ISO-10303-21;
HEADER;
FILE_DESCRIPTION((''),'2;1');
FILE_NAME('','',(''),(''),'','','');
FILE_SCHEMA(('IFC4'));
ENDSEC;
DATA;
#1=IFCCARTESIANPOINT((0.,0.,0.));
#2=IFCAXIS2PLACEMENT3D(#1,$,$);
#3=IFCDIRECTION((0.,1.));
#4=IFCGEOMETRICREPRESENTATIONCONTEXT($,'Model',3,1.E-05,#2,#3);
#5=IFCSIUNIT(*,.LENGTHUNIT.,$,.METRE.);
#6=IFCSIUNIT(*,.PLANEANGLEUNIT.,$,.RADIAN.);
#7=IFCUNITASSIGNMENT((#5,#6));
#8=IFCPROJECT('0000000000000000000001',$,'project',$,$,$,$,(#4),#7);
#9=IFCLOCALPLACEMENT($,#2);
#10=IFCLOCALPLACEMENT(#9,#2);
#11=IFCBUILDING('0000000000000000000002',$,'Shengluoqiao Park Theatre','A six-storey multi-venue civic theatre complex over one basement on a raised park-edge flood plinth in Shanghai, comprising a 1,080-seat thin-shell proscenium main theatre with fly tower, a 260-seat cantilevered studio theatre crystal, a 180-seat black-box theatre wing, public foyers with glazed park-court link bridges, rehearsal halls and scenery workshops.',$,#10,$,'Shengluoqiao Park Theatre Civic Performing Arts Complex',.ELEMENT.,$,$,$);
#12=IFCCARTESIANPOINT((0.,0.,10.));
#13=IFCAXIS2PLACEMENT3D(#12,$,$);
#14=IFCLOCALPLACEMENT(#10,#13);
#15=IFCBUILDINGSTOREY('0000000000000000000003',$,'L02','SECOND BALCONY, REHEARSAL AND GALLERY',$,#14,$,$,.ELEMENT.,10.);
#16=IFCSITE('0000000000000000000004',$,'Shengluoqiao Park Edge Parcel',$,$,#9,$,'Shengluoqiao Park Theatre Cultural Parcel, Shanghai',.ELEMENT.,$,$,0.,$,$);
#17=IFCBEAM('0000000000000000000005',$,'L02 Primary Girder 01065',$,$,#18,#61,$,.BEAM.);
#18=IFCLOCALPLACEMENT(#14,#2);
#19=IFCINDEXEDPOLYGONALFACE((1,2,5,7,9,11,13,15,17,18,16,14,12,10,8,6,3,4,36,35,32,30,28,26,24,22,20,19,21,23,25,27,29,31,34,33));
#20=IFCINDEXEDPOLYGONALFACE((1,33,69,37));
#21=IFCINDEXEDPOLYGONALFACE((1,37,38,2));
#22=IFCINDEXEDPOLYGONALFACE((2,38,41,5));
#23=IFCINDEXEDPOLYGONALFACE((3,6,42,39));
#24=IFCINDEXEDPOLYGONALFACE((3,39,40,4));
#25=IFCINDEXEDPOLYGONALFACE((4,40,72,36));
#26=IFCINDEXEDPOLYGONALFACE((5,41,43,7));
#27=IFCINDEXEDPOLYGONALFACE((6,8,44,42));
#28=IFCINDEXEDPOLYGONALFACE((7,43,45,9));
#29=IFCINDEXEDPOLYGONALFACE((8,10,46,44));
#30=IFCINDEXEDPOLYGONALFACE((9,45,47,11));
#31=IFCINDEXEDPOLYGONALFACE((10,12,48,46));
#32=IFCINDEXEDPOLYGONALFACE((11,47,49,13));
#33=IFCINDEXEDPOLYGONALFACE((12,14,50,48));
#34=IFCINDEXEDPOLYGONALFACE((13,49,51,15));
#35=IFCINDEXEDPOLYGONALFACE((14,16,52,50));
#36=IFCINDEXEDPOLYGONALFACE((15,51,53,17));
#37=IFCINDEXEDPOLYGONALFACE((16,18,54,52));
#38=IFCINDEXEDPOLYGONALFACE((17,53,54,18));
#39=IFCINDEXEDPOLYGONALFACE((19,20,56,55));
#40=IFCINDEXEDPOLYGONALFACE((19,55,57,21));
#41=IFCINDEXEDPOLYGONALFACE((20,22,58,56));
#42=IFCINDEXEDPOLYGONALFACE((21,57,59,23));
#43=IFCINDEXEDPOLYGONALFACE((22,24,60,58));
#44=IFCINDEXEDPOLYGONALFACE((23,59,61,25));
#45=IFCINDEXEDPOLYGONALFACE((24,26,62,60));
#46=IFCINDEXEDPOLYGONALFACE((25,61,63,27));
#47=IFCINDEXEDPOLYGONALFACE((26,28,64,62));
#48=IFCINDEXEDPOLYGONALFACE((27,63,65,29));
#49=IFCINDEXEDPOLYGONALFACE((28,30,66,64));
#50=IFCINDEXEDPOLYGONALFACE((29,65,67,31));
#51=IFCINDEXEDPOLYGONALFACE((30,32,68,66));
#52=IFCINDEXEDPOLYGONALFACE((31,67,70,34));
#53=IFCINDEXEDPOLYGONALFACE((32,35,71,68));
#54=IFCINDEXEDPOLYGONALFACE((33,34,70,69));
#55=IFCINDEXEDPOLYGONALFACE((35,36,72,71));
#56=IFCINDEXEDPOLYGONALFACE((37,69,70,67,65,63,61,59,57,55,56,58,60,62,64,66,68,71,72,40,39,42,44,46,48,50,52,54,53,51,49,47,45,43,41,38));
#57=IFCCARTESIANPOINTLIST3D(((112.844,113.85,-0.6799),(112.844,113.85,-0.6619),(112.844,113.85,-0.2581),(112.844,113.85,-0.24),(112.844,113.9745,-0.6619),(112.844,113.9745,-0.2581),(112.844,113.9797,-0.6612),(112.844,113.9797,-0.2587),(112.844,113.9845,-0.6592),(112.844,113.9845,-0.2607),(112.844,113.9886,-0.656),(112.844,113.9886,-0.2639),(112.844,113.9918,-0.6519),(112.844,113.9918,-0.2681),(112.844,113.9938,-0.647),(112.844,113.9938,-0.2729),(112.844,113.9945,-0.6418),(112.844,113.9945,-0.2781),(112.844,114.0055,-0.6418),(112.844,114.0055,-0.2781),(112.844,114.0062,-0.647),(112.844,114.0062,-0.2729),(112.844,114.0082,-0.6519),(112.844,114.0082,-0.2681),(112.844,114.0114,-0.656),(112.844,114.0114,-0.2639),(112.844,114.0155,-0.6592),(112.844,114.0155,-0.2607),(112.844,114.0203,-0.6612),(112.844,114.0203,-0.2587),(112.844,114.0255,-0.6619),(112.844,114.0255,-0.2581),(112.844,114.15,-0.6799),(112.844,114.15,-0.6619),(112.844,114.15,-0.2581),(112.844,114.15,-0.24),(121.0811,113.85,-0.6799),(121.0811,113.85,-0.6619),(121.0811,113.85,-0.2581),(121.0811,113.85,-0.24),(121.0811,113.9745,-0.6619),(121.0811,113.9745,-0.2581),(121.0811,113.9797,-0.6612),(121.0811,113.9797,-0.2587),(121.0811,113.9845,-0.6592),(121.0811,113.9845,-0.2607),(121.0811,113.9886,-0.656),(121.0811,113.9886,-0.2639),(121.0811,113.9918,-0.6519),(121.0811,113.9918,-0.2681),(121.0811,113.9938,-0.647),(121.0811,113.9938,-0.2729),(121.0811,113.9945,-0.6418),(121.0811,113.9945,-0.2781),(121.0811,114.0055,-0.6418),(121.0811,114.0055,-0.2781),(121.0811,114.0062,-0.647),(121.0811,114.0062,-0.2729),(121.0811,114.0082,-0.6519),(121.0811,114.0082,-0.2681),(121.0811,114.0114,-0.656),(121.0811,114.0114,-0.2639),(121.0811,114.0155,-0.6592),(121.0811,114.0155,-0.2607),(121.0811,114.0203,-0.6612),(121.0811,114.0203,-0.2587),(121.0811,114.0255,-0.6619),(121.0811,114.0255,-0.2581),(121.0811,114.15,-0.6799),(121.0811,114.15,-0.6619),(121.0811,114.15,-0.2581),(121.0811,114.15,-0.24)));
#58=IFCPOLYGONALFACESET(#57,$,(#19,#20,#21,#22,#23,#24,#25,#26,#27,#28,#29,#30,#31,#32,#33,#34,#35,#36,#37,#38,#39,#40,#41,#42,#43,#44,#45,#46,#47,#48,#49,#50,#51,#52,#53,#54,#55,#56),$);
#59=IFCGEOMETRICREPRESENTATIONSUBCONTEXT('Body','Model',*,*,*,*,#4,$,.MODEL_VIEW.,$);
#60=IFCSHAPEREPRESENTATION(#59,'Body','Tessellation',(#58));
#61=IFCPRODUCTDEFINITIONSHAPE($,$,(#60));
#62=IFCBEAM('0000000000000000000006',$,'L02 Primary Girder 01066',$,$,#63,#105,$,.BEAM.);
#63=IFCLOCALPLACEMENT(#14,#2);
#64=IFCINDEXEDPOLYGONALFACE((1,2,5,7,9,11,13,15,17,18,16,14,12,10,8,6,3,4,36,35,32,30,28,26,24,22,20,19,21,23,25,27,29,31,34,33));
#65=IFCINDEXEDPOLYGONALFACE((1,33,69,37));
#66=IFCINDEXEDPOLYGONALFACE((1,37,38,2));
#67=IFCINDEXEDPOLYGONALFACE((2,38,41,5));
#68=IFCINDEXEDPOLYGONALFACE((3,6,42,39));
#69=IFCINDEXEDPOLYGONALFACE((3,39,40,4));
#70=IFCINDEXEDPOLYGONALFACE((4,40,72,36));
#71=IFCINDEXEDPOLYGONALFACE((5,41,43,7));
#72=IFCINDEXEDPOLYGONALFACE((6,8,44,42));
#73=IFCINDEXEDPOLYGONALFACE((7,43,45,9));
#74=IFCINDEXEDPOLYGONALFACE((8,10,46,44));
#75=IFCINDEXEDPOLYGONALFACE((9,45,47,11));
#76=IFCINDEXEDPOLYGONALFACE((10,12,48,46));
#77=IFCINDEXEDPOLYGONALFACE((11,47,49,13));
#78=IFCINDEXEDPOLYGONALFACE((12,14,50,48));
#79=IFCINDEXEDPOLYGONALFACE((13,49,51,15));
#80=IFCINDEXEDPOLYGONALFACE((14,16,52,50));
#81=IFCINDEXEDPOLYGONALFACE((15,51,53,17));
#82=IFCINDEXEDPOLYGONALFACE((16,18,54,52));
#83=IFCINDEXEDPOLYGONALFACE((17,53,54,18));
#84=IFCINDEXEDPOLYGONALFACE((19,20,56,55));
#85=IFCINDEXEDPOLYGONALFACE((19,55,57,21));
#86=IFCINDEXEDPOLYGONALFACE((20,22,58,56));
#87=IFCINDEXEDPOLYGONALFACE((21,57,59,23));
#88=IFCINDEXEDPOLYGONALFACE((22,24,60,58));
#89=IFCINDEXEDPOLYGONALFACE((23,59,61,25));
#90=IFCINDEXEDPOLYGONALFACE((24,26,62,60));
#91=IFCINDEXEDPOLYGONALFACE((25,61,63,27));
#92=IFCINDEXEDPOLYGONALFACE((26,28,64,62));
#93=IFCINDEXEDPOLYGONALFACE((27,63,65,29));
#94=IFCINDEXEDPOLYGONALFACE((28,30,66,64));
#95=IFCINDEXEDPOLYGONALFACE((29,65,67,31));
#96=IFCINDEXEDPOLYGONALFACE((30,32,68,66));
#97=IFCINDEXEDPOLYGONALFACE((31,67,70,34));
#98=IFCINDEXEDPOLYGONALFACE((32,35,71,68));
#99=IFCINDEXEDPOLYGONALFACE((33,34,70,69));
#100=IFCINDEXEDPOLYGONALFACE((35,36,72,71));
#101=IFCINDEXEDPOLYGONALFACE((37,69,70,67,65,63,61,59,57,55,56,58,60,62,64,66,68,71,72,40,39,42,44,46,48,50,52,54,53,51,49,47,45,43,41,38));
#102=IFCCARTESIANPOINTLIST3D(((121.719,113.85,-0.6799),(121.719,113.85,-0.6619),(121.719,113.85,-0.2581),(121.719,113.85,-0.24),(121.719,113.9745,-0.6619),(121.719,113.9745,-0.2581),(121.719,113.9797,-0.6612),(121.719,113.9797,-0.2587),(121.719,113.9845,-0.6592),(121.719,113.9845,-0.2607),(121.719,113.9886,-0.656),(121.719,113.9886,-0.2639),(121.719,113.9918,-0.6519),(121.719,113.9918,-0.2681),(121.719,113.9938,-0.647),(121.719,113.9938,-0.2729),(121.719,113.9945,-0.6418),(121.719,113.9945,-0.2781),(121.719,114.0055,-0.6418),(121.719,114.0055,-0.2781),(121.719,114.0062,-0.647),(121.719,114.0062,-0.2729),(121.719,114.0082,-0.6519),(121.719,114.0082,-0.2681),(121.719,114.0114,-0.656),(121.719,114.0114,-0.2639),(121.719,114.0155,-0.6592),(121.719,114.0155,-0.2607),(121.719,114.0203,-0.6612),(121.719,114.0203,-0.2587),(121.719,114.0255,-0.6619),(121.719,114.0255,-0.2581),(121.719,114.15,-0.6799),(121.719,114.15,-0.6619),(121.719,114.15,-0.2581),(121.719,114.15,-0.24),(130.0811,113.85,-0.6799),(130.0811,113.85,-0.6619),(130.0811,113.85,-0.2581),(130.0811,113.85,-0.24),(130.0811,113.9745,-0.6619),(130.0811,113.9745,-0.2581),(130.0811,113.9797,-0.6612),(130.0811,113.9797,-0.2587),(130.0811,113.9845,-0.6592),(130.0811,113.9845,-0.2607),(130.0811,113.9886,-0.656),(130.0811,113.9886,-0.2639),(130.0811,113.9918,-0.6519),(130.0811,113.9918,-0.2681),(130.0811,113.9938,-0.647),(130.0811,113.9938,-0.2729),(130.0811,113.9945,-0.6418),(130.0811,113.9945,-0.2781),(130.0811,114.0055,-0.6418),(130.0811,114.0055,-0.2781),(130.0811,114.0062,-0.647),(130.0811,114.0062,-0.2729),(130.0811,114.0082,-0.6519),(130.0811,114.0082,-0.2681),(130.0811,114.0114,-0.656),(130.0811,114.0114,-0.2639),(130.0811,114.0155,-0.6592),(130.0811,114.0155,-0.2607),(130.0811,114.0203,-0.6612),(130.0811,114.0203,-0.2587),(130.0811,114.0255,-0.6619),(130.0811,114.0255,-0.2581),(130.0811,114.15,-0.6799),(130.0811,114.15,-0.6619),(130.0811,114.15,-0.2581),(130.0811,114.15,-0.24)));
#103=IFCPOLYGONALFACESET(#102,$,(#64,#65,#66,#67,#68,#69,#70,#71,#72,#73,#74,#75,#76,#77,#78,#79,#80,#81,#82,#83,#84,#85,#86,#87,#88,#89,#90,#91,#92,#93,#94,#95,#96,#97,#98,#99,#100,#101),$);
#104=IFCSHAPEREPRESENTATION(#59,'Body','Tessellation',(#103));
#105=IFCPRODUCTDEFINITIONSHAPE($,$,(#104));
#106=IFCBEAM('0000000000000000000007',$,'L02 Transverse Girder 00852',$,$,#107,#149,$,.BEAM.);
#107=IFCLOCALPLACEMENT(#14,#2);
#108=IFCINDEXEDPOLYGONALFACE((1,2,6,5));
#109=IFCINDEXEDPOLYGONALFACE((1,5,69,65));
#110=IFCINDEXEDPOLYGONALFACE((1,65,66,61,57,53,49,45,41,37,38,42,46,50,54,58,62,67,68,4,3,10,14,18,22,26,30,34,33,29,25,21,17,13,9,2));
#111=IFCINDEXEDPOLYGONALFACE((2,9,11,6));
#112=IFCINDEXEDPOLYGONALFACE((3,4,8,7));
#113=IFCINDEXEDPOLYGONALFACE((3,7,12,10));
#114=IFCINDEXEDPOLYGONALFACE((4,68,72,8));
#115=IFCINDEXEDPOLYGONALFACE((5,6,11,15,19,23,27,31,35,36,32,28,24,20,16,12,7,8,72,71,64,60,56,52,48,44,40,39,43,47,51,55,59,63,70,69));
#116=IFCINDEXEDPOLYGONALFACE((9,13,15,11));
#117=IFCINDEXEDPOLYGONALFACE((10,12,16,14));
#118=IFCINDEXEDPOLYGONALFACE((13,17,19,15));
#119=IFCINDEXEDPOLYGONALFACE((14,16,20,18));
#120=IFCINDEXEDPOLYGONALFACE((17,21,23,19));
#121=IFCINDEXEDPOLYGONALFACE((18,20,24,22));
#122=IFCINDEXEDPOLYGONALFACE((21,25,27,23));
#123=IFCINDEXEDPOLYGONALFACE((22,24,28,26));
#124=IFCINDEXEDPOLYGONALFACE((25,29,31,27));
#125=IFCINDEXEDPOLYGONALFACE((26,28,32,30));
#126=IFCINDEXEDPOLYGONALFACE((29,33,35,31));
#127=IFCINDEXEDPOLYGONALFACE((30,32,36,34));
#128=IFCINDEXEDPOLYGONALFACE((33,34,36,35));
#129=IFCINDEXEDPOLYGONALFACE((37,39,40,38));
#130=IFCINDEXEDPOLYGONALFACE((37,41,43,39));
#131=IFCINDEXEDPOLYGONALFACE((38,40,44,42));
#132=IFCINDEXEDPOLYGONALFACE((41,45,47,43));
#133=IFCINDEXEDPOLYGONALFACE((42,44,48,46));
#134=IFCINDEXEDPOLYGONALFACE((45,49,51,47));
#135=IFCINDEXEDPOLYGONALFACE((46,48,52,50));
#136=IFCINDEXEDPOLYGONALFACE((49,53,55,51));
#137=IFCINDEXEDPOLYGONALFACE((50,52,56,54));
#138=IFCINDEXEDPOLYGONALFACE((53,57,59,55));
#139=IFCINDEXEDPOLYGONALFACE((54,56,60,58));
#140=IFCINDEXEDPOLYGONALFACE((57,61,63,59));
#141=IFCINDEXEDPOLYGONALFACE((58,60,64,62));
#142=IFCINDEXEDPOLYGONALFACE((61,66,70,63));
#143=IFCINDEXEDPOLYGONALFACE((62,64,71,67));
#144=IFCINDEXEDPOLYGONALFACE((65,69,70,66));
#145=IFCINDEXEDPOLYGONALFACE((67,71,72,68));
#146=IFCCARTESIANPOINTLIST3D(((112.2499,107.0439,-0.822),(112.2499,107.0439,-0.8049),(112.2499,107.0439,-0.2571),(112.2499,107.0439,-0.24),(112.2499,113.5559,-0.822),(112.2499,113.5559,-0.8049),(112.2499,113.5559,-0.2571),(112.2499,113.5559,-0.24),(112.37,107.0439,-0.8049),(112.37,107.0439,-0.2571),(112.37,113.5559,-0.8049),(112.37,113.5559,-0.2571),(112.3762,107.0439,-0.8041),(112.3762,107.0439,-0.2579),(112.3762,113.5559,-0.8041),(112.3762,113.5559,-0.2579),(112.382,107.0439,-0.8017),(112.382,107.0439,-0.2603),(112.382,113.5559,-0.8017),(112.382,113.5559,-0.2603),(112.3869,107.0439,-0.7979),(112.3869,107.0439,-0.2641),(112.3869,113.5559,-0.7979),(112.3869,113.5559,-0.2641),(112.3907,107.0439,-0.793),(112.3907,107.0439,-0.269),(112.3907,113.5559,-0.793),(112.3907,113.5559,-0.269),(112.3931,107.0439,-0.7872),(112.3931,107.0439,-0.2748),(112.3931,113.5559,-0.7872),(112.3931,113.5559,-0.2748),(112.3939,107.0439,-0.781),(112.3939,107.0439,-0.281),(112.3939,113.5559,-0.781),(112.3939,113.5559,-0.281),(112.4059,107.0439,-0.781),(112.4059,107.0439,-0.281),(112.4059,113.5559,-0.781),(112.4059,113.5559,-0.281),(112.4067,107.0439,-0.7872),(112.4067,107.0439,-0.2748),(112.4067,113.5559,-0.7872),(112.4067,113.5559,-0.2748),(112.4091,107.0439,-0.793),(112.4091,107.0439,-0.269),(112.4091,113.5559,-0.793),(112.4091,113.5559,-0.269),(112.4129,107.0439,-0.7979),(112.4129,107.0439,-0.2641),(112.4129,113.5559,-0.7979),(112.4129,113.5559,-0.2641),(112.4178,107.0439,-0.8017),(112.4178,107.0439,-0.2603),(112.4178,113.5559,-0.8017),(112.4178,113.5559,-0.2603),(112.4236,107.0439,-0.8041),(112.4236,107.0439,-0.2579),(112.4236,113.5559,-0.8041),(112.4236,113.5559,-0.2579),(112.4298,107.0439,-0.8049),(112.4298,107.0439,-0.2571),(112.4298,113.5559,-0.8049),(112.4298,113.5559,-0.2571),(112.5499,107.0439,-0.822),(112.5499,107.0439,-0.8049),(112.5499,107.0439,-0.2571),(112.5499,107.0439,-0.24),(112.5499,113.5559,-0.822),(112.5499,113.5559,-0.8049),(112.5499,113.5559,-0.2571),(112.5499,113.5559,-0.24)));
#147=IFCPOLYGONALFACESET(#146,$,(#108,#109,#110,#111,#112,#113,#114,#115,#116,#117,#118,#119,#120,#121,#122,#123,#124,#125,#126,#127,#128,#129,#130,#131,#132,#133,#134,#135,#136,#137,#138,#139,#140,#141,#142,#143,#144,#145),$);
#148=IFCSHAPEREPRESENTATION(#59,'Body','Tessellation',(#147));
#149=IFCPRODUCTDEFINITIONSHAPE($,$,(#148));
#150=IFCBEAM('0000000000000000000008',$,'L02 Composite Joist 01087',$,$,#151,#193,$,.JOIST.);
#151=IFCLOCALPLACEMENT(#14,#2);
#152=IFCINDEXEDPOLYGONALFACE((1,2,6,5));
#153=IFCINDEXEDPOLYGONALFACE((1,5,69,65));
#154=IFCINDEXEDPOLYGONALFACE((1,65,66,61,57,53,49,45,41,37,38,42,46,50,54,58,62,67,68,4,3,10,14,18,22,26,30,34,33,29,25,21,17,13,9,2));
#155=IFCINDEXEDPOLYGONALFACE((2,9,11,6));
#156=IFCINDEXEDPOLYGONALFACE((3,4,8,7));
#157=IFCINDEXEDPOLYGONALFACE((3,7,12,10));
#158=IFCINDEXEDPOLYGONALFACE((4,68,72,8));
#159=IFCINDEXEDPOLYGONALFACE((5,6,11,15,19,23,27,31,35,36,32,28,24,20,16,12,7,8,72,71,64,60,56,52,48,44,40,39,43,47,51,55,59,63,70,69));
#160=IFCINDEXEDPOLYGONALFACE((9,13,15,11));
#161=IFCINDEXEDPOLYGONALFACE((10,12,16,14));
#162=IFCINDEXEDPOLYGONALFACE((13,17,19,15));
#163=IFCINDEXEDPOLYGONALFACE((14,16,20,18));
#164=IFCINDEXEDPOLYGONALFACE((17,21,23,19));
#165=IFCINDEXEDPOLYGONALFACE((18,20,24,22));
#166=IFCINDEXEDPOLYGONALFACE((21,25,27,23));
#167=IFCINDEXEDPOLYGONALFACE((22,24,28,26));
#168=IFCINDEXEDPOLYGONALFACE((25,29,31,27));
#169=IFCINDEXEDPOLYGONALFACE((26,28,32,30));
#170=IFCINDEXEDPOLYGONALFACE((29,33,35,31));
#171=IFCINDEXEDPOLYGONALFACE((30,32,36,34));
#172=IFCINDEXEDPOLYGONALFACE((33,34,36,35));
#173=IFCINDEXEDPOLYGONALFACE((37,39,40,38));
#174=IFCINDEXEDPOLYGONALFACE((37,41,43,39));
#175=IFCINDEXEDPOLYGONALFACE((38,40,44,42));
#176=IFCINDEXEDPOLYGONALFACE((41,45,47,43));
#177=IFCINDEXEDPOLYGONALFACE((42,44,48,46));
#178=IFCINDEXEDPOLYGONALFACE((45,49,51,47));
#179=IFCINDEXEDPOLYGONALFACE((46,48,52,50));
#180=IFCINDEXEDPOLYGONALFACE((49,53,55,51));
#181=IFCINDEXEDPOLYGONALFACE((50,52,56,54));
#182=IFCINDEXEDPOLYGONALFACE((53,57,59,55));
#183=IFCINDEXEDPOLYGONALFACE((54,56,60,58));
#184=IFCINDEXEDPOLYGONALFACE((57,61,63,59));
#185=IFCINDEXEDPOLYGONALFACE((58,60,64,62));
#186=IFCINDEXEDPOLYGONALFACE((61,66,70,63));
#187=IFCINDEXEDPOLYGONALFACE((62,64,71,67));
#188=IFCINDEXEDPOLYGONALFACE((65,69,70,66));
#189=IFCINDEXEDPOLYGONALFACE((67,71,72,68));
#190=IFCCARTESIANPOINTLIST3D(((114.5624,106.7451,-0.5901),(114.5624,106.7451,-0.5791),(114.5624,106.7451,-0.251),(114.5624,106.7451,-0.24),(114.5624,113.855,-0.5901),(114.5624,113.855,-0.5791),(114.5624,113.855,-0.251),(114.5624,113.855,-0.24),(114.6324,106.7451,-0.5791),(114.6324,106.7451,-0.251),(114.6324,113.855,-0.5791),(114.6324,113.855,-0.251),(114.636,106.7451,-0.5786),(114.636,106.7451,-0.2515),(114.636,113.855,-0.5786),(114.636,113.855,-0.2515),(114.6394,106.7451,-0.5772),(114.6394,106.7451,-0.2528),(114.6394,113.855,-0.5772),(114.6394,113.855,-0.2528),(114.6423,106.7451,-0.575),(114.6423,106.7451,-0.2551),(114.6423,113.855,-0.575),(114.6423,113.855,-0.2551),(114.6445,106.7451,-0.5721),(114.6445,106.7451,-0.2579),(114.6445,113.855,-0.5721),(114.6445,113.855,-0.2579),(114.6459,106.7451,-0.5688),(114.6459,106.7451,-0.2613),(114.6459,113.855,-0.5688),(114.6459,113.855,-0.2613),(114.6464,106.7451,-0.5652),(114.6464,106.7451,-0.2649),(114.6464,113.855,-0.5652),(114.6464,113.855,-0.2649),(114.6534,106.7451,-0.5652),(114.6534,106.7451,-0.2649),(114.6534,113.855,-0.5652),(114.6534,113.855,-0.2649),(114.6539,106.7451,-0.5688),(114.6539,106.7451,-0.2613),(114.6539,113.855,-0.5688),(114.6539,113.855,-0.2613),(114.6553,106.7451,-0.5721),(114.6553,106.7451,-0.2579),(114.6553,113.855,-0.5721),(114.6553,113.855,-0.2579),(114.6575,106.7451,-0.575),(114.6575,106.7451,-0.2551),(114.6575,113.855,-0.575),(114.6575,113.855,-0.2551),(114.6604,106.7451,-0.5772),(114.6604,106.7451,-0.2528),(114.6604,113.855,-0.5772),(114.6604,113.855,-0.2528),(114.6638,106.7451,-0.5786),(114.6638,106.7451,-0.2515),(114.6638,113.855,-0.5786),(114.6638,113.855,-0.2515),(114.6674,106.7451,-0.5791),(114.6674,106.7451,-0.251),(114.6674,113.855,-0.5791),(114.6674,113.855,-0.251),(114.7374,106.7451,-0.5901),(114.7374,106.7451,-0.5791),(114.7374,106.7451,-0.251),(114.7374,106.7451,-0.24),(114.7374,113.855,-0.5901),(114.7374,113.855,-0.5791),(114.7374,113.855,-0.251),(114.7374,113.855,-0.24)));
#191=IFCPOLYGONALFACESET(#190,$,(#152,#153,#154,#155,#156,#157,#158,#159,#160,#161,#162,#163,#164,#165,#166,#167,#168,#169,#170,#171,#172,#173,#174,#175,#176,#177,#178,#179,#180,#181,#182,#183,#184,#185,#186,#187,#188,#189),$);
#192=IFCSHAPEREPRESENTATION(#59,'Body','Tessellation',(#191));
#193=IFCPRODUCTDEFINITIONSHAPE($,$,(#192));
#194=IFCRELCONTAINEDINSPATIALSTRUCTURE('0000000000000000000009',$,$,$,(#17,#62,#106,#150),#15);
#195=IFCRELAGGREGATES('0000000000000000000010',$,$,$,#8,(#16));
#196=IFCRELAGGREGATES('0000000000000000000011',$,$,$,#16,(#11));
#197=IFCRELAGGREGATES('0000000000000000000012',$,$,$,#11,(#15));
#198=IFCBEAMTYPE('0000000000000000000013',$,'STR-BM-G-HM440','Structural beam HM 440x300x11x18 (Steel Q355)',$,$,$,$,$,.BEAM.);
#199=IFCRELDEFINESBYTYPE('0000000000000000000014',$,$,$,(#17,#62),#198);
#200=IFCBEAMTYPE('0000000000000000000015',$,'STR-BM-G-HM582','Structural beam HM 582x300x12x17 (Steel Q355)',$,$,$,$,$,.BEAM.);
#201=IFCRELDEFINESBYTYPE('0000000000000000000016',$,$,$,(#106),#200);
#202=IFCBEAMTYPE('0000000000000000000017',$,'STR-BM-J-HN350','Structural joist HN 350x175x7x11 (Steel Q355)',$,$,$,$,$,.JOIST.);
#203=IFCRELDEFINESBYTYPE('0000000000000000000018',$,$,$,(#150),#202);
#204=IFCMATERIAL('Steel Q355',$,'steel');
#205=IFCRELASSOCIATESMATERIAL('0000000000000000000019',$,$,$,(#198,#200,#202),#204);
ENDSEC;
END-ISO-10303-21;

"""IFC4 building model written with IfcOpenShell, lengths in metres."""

from ifc_helpers import new_model, si_unit, direction, frame, origin, origin_2d, place, context, subcontext, project, spatial, i_section, extrude, material, material_profile, profile_set, type_object, element, save


model = new_model("IFC4")

# Units and contexts
model_context = context("Model", 3, precision=1e-05, world=origin(), true_north=direction((0.0, 1.0)))
body_context = subcontext(model_context, "Body", "Model", "MODEL_VIEW")
ifc_project = project(units=[si_unit("LENGTHUNIT", "METRE"), si_unit("PLANEANGLEUNIT", "RADIAN")], contexts=[model_context])

# Site, building, storey
site_placement = place(None, origin())
site = spatial("IfcSite", under=ifc_project, at=site_placement, Name="Shengluoqiao Park Edge Parcel", LongName="Shengluoqiao Park Theatre Cultural Parcel, Shanghai", CompositionType="ELEMENT", RefElevation=0.0)
building_placement = place(site_placement, origin())
building = spatial("IfcBuilding", under=site, at=building_placement, Name="Shengluoqiao Park Theatre", Description="A six-storey multi-venue civic theatre complex over one basement on a raised park-edge flood plinth in Shanghai, comprising a 1,080-seat thin-shell proscenium main theatre with fly tower, a 260-seat cantilevered studio theatre crystal, a 180-seat black-box theatre wing, public foyers with glazed park-court link bridges, rehearsal halls and scenery workshops.", LongName="Shengluoqiao Park Theatre Civic Performing Arts Complex", CompositionType="ELEMENT")
storey_placement = place(building_placement, frame((0.0, 0.0, 10.0)))
storey = spatial("IfcBuildingStorey", under=building, at=storey_placement, Name="L02", Description="SECOND BALCONY, REHEARSAL AND GALLERY", CompositionType="ELEMENT", Elevation=10.0)

# Beams
ifc_material_1 = material(Name="Steel Q355", Category="steel")
ifc_material_profile_1 = material_profile(ifc_material_1, i_section(OverallWidth=0.3, OverallDepth=0.4399, WebThickness=0.011, FlangeThickness=0.0181, FilletRadius=0.02, at=origin_2d()), Name="HM 440x300x11x18")
ifc_profile_set_1 = profile_set([ifc_material_profile_1], Name="Steel Q355")
beam_type_1 = type_object("IfcBeamType", Name="STR-BM-G-HM440", Description="Structural beam HM 440x300x11x18 (Steel Q355)", PredefinedType="BEAM", material=ifc_profile_set_1)
beam_1_placement = place(storey_placement, frame((112.844, 114.0, -0.46), z_axis=(1.0, 0.0, 0.0), x_axis=(0.0, 1.0, 0.0)))
element("IfcBeam", 1, at=beam_1_placement, inside=storey, type_object=beam_type_1, Name="L02 Primary Girder 01065", PredefinedType="BEAM", context=body_context, shape_type="SweptSolid", body=[
    extrude(i_section(OverallWidth=0.3, OverallDepth=0.4399, WebThickness=0.011, FlangeThickness=0.0181, FilletRadius=0.02, at=origin_2d()), origin(), (0.0, 0.0, 1.0), 8.2371),
])
beam_2_placement = place(storey_placement, frame((121.719, 114.0, -0.46), z_axis=(1.0, 0.0, 0.0), x_axis=(0.0, 1.0, 0.0)))
element("IfcBeam", 2, at=beam_2_placement, inside=storey, type_object=beam_type_1, Name="L02 Primary Girder 01066", PredefinedType="BEAM", context=body_context, shape_type="SweptSolid", body=[
    extrude(i_section(OverallWidth=0.3, OverallDepth=0.4399, WebThickness=0.011, FlangeThickness=0.0181, FilletRadius=0.02, at=origin_2d()), origin(), (0.0, 0.0, 1.0), 8.3621),
])
ifc_material_profile_2 = material_profile(ifc_material_1, i_section(OverallWidth=0.3, OverallDepth=0.582, WebThickness=0.012, FlangeThickness=0.0171, FilletRadius=0.0239, at=origin_2d()), Name="HM 582x300x12x17")
ifc_profile_set_2 = profile_set([ifc_material_profile_2], Name="Steel Q355")
beam_type_2 = type_object("IfcBeamType", Name="STR-BM-G-HM582", Description="Structural beam HM 582x300x12x17 (Steel Q355)", PredefinedType="BEAM", material=ifc_profile_set_2)
beam_3_placement = place(storey_placement, frame((112.3999, 107.0439, -0.531), z_axis=(0.0, 1.0, 0.0), x_axis=(-1.0, 0.0, 0.0)))
element("IfcBeam", 3, at=beam_3_placement, inside=storey, type_object=beam_type_2, Name="L02 Transverse Girder 00852", PredefinedType="BEAM", context=body_context, shape_type="SweptSolid", body=[
    extrude(i_section(OverallWidth=0.3, OverallDepth=0.582, WebThickness=0.012, FlangeThickness=0.0171, FilletRadius=0.0239, at=origin_2d()), origin(), (0.0, 0.0, 1.0), 6.512),
])
ifc_material_profile_3 = material_profile(ifc_material_1, i_section(OverallWidth=0.175, OverallDepth=0.3501, WebThickness=0.0071, FlangeThickness=0.011, FilletRadius=0.0139, at=origin_2d()), Name="HN 350x175x7x11")
ifc_profile_set_3 = profile_set([ifc_material_profile_3], Name="Steel Q355")
beam_type_3 = type_object("IfcBeamType", Name="STR-BM-J-HN350", Description="Structural joist HN 350x175x7x11 (Steel Q355)", PredefinedType="JOIST", material=ifc_profile_set_3)
for number, where, z_axis, x_axis, name in (
    (4, (114.6499, 106.7451, -0.415), (0.0, 1.0, 0.0), (-1.0, 0.0, 0.0), "L02 Composite Joist 01087"),
):
    element("IfcBeam", number, at=place(storey_placement, frame(where, z_axis=z_axis, x_axis=x_axis)), inside=storey, type_object=beam_type_3, Name=name, PredefinedType="JOIST", context=body_context, shape_type="SweptSolid", body=[
        extrude(i_section(OverallWidth=0.175, OverallDepth=0.3501, WebThickness=0.0071, FlangeThickness=0.011, FilletRadius=0.0139, at=origin_2d()), origin(), (0.0, 0.0, 1.0), 7.1099),
    ])

save(model, "model.ifc")
